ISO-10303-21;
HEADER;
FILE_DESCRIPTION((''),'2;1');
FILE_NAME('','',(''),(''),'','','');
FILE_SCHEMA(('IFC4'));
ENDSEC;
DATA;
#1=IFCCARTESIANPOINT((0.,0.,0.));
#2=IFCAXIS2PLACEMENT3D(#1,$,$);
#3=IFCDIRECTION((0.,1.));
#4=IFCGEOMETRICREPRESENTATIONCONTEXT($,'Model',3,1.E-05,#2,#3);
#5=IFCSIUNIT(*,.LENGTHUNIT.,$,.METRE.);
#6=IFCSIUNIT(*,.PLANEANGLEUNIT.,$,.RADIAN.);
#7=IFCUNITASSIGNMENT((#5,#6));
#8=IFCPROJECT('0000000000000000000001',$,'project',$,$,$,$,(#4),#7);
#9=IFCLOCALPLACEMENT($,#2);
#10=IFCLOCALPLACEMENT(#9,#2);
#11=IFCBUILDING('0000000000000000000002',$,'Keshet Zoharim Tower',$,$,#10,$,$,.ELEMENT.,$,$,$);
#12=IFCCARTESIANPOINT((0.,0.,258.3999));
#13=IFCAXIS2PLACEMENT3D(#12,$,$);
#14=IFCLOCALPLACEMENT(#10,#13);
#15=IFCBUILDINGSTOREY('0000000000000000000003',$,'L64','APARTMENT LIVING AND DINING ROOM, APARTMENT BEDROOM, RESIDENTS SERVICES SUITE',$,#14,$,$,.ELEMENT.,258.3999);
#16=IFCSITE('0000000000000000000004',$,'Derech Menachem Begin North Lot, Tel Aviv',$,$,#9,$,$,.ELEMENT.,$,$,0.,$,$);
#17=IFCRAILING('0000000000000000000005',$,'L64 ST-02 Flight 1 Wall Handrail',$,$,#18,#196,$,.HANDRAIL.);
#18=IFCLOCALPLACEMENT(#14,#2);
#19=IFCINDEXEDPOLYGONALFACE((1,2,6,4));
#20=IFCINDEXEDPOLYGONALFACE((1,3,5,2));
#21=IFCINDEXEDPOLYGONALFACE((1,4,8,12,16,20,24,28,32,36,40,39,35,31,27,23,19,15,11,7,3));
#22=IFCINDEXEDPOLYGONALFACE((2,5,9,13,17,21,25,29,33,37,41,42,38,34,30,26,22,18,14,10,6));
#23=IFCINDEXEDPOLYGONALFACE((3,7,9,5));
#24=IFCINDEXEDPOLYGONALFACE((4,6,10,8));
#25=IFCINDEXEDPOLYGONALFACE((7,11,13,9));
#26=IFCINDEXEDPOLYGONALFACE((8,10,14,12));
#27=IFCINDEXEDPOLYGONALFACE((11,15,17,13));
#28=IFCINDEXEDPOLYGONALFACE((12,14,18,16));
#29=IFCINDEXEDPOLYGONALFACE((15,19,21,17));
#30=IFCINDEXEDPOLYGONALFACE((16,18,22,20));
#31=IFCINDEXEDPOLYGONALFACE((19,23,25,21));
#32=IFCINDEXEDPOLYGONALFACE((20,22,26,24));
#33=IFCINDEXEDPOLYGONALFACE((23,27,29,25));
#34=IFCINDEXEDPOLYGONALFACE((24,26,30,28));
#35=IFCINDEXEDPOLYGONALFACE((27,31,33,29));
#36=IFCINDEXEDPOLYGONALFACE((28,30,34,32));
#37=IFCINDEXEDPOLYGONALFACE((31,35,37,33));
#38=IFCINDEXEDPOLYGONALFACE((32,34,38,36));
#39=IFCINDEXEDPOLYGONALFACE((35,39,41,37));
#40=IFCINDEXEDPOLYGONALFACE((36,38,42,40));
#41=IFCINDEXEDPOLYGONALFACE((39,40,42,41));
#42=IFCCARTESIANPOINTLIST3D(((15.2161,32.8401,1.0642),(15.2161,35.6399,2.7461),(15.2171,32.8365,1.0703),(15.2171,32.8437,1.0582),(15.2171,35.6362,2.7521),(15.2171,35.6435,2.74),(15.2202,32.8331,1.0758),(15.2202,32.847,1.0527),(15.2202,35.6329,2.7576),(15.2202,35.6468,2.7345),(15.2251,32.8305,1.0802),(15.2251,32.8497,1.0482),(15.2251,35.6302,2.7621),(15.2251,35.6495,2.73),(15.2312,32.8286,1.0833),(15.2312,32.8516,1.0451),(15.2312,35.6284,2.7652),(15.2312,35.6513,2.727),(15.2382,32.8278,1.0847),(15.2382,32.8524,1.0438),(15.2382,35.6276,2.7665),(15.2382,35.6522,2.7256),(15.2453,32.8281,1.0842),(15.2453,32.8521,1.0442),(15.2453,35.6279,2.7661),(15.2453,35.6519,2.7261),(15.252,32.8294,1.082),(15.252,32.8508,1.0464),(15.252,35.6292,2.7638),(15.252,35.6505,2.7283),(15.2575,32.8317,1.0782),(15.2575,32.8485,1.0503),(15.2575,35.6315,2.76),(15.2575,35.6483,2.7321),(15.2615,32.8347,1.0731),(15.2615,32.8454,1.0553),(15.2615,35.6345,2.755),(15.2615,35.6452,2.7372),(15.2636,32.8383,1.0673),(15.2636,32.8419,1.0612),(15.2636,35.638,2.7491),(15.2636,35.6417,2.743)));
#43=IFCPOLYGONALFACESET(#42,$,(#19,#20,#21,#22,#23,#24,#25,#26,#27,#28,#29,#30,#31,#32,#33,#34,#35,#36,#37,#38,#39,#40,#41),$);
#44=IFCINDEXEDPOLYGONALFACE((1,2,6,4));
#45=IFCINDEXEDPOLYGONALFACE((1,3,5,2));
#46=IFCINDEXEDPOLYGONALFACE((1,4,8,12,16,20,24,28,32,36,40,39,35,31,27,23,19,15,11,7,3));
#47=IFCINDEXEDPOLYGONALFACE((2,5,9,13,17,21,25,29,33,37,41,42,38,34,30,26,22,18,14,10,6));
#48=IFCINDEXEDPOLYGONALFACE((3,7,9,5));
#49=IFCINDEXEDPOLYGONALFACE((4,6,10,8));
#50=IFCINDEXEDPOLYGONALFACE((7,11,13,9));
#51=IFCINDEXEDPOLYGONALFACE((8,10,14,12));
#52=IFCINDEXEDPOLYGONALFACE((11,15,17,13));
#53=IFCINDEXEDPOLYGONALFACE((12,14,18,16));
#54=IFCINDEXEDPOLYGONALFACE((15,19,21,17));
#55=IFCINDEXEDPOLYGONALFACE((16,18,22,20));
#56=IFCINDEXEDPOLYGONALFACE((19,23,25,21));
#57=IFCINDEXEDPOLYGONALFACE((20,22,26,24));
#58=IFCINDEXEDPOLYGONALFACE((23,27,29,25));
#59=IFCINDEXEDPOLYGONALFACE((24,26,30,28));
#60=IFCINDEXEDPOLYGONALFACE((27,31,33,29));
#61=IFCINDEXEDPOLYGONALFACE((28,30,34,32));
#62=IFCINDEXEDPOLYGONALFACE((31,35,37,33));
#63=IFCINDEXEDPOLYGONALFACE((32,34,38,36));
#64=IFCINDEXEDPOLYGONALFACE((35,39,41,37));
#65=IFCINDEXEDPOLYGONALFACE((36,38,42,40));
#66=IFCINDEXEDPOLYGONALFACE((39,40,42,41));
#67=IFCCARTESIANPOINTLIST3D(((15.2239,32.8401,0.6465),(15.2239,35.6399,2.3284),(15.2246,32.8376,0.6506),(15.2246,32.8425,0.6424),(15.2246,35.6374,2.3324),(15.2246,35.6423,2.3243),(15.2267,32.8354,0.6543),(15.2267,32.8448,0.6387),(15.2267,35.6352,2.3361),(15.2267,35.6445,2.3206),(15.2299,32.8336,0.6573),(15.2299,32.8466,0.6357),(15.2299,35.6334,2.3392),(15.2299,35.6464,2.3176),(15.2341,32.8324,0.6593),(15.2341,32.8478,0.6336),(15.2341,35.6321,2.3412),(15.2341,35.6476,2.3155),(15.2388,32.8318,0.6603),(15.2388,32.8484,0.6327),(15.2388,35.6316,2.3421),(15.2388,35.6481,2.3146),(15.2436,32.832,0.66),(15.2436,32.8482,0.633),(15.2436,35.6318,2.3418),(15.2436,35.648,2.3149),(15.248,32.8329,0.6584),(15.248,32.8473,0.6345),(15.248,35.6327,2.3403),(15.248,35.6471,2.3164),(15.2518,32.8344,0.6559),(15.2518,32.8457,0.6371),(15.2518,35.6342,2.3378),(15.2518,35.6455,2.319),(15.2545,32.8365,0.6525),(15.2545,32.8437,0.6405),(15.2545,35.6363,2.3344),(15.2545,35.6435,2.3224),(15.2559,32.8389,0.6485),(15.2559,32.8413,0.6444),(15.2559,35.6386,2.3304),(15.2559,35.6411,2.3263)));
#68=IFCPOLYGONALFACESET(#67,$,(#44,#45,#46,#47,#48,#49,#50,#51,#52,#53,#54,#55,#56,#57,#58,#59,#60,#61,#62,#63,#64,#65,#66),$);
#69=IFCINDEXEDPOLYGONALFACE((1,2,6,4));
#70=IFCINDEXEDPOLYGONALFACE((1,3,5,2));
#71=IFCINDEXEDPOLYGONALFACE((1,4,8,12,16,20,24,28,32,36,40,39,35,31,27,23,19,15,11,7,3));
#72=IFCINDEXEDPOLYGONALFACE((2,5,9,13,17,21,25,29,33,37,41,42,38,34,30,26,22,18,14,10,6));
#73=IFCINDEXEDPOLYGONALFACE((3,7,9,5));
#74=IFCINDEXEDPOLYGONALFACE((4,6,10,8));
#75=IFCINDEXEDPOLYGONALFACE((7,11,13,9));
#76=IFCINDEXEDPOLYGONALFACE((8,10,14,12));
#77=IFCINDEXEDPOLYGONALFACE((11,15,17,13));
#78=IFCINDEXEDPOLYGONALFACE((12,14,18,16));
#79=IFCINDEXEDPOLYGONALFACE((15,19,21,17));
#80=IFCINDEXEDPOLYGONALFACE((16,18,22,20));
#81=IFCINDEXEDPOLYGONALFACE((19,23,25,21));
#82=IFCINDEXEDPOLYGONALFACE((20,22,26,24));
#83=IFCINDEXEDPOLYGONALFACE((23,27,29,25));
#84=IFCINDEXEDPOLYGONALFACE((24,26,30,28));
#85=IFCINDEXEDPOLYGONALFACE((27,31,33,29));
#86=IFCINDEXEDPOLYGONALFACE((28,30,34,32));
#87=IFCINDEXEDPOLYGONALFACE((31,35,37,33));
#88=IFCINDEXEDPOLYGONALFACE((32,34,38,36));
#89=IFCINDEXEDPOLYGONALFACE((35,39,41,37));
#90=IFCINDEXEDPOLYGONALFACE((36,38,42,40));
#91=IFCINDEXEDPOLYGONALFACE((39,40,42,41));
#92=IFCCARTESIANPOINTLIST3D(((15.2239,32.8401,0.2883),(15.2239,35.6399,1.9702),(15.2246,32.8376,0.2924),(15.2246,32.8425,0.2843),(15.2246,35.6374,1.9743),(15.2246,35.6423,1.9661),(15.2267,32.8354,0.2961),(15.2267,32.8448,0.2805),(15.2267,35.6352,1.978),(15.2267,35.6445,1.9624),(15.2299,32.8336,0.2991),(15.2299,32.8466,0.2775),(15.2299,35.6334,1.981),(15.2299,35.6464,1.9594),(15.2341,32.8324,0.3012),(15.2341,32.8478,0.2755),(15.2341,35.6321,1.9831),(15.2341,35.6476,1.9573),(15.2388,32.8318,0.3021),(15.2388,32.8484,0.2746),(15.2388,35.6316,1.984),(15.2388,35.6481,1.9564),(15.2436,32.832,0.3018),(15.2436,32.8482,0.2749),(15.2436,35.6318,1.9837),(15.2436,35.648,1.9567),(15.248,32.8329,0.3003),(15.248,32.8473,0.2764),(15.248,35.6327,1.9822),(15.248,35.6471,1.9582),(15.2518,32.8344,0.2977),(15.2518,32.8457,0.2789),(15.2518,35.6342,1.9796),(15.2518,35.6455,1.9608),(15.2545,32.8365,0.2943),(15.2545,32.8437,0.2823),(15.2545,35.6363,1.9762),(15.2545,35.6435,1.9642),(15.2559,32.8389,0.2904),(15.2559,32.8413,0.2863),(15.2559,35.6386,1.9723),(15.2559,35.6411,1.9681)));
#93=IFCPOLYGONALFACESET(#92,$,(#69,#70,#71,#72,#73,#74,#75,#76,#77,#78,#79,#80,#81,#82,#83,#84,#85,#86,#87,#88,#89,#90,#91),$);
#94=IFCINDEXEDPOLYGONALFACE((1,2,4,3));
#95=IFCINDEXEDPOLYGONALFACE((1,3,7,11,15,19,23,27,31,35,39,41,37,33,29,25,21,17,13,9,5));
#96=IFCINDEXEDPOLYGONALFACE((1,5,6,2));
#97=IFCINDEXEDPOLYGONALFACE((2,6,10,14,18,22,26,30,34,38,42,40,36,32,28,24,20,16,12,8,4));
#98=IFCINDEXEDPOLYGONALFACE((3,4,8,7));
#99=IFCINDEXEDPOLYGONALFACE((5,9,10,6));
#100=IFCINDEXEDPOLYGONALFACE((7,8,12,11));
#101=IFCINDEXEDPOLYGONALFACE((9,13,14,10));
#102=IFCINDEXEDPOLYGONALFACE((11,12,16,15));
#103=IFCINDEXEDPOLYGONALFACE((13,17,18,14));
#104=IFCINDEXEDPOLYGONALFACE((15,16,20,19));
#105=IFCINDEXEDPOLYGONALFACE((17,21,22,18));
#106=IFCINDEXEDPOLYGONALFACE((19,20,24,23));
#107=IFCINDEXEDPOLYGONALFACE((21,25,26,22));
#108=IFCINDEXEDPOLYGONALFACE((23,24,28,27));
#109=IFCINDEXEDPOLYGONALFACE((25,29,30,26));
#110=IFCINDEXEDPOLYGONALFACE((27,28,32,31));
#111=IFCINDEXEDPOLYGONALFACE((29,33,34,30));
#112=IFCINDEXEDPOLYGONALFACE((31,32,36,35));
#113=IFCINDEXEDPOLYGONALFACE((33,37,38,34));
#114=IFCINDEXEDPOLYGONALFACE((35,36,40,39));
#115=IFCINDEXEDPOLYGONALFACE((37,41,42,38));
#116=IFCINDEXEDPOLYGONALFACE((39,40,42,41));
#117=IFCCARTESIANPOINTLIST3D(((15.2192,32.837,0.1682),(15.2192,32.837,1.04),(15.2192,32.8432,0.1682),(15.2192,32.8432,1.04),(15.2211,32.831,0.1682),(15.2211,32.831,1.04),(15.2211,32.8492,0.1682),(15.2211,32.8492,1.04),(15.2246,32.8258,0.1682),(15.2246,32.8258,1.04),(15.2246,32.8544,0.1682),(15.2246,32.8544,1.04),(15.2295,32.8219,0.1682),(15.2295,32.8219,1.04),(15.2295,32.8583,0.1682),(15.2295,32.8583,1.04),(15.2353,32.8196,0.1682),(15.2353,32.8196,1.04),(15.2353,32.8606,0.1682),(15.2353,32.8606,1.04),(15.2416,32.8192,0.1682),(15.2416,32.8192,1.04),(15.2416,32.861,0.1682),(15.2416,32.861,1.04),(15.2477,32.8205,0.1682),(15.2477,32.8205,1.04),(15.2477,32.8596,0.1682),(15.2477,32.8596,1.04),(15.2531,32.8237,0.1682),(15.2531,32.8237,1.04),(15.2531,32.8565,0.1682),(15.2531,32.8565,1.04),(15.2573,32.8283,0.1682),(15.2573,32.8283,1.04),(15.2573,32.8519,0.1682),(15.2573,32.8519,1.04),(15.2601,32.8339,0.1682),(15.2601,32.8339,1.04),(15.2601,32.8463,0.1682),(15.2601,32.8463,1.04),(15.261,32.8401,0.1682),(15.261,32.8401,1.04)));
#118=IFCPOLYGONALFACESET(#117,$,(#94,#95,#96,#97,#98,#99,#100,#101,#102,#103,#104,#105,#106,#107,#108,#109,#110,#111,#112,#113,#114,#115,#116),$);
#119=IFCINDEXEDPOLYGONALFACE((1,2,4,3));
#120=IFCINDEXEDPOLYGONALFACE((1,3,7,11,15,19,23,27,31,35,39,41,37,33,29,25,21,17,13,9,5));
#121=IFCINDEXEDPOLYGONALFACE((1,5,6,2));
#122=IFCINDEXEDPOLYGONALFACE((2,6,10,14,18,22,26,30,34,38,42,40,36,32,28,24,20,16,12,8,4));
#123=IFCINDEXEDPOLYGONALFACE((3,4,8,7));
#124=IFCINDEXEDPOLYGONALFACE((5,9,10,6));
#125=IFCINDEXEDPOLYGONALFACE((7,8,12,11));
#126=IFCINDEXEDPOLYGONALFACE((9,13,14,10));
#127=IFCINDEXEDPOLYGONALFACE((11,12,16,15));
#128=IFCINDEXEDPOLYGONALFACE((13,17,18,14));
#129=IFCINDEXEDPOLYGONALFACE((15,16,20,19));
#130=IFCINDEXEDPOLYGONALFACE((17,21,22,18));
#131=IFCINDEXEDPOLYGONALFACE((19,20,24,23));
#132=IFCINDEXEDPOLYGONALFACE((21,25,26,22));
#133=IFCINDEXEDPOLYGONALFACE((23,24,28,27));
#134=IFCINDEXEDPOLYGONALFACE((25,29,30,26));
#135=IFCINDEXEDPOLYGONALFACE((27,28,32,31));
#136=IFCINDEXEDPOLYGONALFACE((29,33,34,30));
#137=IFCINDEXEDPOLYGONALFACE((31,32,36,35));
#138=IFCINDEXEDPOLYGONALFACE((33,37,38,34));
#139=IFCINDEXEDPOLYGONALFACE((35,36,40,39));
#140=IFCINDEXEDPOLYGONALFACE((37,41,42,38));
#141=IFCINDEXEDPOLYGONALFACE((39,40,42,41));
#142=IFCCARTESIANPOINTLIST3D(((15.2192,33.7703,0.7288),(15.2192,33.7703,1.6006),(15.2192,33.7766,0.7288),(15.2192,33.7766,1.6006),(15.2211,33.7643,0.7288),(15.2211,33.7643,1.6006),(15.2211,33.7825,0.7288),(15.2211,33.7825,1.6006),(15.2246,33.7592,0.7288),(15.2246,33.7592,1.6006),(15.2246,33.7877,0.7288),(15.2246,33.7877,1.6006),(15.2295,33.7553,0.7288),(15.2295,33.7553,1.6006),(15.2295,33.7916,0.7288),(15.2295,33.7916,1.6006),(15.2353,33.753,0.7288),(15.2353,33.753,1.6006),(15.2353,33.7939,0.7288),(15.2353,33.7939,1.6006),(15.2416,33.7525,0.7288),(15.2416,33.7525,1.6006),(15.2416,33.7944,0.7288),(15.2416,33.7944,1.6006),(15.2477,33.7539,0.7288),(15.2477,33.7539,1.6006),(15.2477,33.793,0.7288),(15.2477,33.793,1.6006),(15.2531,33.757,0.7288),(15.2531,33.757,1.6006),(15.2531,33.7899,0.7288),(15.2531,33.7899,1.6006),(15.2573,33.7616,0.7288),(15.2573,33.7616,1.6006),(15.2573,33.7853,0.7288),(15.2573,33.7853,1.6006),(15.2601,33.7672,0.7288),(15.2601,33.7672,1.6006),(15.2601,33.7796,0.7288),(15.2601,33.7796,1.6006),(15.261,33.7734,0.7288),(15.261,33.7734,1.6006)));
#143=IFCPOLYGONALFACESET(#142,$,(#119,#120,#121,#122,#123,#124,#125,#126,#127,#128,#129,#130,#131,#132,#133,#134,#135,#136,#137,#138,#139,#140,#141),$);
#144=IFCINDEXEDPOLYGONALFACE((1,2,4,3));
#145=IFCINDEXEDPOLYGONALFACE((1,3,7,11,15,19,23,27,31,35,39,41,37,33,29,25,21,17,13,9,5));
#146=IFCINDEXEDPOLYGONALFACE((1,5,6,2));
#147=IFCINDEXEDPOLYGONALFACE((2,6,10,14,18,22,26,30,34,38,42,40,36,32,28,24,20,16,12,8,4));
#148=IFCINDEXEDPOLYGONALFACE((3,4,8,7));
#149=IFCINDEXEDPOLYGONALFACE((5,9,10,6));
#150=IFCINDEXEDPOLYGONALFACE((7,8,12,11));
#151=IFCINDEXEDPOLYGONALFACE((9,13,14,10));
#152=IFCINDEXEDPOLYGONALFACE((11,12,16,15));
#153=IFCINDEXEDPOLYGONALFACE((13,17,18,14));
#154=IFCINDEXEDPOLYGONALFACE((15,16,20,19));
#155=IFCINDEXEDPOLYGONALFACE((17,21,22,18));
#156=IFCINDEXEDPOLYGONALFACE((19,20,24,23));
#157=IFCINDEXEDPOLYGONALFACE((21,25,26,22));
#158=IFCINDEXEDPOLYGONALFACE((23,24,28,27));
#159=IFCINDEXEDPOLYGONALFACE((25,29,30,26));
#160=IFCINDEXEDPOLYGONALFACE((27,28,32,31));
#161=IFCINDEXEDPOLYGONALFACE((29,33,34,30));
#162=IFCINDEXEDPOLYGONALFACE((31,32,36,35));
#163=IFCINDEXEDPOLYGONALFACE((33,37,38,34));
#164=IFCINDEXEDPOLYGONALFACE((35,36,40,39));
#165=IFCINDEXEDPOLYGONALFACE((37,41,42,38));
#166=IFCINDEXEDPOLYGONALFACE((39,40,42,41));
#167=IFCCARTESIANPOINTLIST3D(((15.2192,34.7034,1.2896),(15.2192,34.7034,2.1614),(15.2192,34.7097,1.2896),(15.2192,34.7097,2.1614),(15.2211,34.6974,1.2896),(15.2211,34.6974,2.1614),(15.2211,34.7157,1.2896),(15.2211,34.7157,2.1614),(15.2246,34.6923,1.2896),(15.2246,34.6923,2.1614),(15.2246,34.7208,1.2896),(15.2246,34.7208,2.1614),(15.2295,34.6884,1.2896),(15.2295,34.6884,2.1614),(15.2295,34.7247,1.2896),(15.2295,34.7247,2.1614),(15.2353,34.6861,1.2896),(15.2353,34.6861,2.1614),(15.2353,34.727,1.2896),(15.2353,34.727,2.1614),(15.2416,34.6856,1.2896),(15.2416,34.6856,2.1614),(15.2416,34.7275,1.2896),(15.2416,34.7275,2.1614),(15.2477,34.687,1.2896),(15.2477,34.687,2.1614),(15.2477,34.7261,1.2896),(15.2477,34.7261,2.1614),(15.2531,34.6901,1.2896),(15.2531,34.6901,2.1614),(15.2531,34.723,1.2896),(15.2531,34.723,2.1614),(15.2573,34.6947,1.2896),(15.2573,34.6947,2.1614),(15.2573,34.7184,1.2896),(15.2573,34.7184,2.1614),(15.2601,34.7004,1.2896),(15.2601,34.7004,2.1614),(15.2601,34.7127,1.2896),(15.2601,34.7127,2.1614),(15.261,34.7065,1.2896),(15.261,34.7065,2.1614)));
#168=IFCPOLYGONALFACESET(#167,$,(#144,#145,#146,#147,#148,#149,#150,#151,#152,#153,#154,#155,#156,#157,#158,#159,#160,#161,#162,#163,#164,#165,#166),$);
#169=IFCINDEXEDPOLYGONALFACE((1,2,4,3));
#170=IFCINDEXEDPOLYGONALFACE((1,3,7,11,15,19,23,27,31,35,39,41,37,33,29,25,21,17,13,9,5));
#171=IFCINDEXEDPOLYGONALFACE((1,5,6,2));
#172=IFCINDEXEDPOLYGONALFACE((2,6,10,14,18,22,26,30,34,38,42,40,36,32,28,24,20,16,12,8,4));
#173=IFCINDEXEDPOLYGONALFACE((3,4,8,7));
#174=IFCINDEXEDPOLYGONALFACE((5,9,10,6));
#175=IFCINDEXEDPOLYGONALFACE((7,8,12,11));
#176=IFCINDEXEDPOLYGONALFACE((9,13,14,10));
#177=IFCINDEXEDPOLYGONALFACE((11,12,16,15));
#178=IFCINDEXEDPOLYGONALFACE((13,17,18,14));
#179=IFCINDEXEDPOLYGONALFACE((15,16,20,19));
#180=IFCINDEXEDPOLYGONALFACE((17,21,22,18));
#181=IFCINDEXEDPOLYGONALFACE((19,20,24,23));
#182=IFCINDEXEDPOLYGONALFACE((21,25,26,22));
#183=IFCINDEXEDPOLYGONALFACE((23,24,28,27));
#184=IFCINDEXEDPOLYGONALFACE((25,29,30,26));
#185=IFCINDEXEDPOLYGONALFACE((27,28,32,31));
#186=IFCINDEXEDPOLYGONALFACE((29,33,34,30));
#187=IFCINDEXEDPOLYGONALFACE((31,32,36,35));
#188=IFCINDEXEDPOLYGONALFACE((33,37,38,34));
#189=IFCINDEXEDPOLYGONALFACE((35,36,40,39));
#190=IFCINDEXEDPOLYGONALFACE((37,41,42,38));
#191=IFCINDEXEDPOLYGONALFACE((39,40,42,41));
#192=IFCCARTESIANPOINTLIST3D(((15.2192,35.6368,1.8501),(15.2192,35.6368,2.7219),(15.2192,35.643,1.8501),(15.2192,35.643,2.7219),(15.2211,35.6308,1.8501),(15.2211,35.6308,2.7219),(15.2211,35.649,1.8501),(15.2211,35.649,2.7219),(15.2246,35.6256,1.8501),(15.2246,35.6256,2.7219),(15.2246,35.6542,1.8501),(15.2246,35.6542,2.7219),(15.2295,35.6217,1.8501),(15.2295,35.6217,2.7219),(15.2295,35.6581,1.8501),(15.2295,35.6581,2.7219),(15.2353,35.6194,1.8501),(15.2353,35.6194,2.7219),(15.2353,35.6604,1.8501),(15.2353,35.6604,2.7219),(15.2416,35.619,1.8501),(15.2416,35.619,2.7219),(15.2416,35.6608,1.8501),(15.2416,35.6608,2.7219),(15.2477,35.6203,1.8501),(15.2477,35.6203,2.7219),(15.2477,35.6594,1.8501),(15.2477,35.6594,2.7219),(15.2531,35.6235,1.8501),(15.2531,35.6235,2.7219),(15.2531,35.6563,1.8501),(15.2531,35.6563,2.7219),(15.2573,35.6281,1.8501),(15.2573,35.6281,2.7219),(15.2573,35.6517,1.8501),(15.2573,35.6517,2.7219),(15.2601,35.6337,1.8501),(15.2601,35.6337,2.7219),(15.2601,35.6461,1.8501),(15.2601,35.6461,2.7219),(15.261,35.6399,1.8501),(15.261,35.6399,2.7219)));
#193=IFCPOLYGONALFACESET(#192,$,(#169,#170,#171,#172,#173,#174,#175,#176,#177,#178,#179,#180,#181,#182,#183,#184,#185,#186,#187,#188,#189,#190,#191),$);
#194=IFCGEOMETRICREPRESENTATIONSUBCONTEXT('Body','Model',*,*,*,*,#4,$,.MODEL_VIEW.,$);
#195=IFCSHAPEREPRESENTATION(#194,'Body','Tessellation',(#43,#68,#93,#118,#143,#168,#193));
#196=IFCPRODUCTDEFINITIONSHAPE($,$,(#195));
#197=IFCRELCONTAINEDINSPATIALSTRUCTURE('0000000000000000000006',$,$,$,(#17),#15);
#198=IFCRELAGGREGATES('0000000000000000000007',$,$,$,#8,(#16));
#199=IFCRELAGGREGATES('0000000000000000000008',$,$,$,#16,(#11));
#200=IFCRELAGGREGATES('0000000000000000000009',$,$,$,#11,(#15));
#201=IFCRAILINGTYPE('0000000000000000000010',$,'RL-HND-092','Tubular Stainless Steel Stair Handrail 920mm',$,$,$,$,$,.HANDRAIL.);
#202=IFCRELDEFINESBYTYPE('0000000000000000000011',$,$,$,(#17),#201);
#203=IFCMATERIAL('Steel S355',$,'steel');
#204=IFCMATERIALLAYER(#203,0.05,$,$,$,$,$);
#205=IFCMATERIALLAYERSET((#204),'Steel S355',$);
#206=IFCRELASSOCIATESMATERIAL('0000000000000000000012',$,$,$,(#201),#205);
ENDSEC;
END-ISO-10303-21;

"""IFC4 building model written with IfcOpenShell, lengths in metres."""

from ifc_helpers import new_model, si_unit, direction, frame, origin, origin_2d, place, context, subcontext, project, spatial, circle, extrude, material, layer, layer_set, type_object, element, save


model = new_model("IFC4")

# Units and contexts
model_context = context("Model", 3, precision=1e-05, world=origin(), true_north=direction((0.0, 1.0)))
body_context = subcontext(model_context, "Body", "Model", "MODEL_VIEW")
ifc_project = project(units=[si_unit("LENGTHUNIT", "METRE"), si_unit("PLANEANGLEUNIT", "RADIAN")], contexts=[model_context])

# Site, building, storey
site_placement = place(None, origin())
site = spatial("IfcSite", under=ifc_project, at=site_placement, Name="Derech Menachem Begin North Lot, Tel Aviv", CompositionType="ELEMENT", RefElevation=0.0)
building_placement = place(site_placement, origin())
building = spatial("IfcBuilding", under=site, at=building_placement, Name="Keshet Zoharim Tower", CompositionType="ELEMENT")
storey_placement = place(building_placement, frame((0.0, 0.0, 258.3999)))
storey = spatial("IfcBuildingStorey", under=building, at=storey_placement, Name="L64", Description="APARTMENT LIVING AND DINING ROOM, APARTMENT BEDROOM, RESIDENTS SERVICES SUITE", CompositionType="ELEMENT", Elevation=258.3999)

# Shared definitions
ifc_material_1 = material(Name="Steel S355", Category="steel")

# Railing
ifc_layer_1 = layer(ifc_material_1, 0.05)
ifc_layer_set_1 = layer_set([ifc_layer_1], Name="Steel S355")
railing_type_1 = type_object("IfcRailingType", Name="RL-HND-092", Description="Tubular Stainless Steel Stair Handrail 920mm", PredefinedType="HANDRAIL", material=ifc_layer_set_1)
railing_1_placement = place(storey_placement, frame((15.24, 32.8401, 0.1682)))
element("IfcRailing", 1, at=railing_1_placement, inside=storey, type_object=railing_type_1, Name="L64 ST-02 Flight 1 Wall Handrail", PredefinedType="HANDRAIL", context=body_context, shape_type="SweptSolid", body=[
    extrude(circle(Radius=0.0239, at=origin_2d()), frame((0.0, 0.0, 0.896), z_axis=(0.0, 0.857222, 0.514946), x_axis=(-1.0, 0.0, 0.0)), (0.0, 0.0, 1.0), 3.2661),
    extrude(circle(Radius=0.0161, at=origin_2d()), frame((0.0, 0.0, 0.4783), z_axis=(0.0, 0.857222, 0.514946), x_axis=(-1.0, 0.0, 0.0)), (0.0, 0.0, 1.0), 3.2661),
    extrude(circle(Radius=0.0161, at=origin_2d()), frame((0.0, 0.0, 0.1201), z_axis=(0.0, 0.857222, 0.514946), x_axis=(-1.0, 0.0, 0.0)), (0.0, 0.0, 1.0), 3.2661),
    extrude(circle(Radius=0.021, at=origin_2d()), origin(), (0.0, 0.0, 1.0), 0.8718),
    extrude(circle(Radius=0.021, at=origin_2d()), frame((0.0, 0.9333, 0.5605)), (0.0, 0.0, 1.0), 0.8718),
    extrude(circle(Radius=0.021, at=origin_2d()), frame((0.0, 1.8665, 1.1213)), (0.0, 0.0, 1.0), 0.8718),
    extrude(circle(Radius=0.021, at=origin_2d()), frame((0.0, 2.7998, 1.6819)), (0.0, 0.0, 1.0), 0.8718),
])

save(model, "model.ifc")
